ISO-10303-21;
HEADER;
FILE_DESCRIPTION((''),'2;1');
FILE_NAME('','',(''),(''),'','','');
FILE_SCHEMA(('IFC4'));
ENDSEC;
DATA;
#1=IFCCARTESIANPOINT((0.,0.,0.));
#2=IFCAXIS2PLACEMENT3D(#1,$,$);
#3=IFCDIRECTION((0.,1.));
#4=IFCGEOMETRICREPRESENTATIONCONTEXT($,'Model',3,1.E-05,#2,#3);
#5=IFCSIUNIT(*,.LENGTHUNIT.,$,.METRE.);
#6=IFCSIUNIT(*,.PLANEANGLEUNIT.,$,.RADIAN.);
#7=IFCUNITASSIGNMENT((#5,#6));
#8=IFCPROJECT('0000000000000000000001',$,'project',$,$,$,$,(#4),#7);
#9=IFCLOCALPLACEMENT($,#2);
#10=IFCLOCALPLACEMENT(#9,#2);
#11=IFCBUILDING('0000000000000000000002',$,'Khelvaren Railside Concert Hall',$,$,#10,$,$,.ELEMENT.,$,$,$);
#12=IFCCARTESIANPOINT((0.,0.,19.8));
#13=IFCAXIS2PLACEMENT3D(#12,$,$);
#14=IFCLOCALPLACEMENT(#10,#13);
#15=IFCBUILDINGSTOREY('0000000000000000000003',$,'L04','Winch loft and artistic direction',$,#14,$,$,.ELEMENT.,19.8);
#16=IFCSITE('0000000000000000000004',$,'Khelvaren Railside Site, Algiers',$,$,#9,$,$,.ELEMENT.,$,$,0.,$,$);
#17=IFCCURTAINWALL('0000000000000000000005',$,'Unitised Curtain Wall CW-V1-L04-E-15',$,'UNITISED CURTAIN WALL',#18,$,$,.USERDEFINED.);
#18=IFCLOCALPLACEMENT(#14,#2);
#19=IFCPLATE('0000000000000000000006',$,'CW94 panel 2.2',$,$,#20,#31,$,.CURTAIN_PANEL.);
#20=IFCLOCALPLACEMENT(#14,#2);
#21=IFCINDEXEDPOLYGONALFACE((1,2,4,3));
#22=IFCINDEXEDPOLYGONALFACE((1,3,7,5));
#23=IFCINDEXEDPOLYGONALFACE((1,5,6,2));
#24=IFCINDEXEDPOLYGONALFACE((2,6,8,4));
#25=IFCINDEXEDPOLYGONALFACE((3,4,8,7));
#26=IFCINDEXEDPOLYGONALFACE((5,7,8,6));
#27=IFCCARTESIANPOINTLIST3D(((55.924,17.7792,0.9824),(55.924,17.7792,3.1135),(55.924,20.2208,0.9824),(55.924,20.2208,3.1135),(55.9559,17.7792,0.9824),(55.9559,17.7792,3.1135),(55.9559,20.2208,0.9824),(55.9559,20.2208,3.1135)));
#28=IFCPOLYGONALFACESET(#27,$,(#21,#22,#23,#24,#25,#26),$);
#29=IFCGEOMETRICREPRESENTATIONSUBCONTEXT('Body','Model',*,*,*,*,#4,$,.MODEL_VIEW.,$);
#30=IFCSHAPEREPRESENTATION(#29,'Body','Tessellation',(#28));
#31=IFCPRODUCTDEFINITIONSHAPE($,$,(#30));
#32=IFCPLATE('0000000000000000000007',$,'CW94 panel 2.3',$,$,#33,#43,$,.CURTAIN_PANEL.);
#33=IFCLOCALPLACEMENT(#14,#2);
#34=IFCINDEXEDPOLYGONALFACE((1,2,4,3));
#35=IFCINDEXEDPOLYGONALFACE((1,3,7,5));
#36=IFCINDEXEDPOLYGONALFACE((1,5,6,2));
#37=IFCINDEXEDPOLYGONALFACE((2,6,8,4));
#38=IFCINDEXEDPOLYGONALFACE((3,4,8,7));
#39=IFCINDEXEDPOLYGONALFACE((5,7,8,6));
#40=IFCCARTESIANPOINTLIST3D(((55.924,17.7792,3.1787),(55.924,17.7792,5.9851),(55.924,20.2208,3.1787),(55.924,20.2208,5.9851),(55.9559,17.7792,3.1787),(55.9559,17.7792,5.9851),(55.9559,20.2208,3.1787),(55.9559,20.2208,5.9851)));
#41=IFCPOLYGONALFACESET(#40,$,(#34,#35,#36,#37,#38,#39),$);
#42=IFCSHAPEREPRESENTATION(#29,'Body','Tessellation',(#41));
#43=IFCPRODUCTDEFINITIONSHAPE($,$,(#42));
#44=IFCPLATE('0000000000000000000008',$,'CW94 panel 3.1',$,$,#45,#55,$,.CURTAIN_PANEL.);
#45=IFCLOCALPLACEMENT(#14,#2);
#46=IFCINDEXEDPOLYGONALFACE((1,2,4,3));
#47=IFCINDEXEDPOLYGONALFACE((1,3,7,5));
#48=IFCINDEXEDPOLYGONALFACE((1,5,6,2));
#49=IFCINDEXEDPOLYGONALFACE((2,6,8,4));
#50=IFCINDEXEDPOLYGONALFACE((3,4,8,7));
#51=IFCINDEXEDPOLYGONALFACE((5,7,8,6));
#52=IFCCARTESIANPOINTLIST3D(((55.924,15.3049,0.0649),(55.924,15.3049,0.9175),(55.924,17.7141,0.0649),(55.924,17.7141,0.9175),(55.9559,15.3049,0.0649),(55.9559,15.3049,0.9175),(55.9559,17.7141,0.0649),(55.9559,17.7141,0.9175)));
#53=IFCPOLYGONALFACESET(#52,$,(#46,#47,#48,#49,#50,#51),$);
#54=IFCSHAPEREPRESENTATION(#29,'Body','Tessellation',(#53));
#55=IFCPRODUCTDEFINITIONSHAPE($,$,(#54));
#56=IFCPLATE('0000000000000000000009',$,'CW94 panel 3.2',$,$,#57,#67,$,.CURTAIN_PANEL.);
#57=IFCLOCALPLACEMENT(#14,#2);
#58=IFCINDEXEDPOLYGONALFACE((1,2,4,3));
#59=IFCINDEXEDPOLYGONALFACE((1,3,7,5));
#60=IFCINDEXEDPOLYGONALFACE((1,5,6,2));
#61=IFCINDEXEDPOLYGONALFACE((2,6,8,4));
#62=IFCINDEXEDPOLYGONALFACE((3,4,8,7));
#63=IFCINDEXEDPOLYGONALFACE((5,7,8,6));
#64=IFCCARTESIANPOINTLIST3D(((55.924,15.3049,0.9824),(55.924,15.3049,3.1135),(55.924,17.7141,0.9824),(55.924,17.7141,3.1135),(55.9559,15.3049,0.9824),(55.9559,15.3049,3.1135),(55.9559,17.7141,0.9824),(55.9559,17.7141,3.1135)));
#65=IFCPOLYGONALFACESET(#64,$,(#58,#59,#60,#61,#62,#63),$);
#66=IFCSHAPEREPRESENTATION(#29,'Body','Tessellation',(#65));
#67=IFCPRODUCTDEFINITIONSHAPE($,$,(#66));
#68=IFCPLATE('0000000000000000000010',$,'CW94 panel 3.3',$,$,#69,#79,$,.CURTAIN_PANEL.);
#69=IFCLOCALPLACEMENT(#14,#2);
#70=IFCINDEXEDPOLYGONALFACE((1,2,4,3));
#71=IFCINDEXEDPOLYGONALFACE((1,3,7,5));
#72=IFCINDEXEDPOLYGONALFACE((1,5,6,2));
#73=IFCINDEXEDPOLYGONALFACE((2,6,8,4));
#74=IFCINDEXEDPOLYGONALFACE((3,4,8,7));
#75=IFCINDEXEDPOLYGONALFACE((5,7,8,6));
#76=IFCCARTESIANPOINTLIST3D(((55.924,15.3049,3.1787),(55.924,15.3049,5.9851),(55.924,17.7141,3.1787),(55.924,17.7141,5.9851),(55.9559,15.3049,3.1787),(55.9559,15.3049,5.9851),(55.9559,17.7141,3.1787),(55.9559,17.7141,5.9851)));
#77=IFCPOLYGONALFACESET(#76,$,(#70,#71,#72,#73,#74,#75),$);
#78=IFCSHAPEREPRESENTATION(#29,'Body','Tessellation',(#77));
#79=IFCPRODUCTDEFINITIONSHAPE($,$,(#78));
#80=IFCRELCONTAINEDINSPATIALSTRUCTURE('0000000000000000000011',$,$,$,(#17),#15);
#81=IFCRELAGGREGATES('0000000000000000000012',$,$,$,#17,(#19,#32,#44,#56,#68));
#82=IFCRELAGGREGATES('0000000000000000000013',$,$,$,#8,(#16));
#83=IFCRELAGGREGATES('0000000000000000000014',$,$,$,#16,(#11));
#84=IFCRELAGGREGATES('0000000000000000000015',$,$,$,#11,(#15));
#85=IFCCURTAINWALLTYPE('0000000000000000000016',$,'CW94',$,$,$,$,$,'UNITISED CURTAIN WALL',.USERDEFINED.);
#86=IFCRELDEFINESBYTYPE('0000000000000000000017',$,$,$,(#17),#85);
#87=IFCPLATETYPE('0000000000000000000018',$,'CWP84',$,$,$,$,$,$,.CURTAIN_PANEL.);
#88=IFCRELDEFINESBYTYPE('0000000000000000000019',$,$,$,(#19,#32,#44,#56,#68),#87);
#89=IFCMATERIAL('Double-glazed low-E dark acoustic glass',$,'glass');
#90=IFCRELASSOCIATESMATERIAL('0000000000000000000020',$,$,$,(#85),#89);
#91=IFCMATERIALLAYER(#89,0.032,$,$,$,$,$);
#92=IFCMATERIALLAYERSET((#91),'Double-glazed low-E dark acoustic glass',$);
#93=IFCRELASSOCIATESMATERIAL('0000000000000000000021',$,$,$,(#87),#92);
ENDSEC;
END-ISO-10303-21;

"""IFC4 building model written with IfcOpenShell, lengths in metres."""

from ifc_helpers import new_model, si_unit, direction, frame, origin, origin_2d, place, context, subcontext, project, spatial, rectangle, extrude, material, layer, layer_set, type_object, element, aggregate, save


model = new_model("IFC4")

# Units and contexts
model_context = context("Model", 3, precision=1e-05, world=origin(), true_north=direction((0.0, 1.0)))
body_context = subcontext(model_context, "Body", "Model", "MODEL_VIEW")
ifc_project = project(units=[si_unit("LENGTHUNIT", "METRE"), si_unit("PLANEANGLEUNIT", "RADIAN")], contexts=[model_context])

# Site, building, storey
site_placement = place(None, origin())
site = spatial("IfcSite", under=ifc_project, at=site_placement, Name="Khelvaren Railside Site, Algiers", CompositionType="ELEMENT", RefElevation=0.0)
building_placement = place(site_placement, origin())
building = spatial("IfcBuilding", under=site, at=building_placement, Name="Khelvaren Railside Concert Hall", CompositionType="ELEMENT")
storey_placement = place(building_placement, frame((0.0, 0.0, 19.8)))
storey = spatial("IfcBuildingStorey", under=building, at=storey_placement, Name="L04", Description="Winch loft and artistic direction", CompositionType="ELEMENT", Elevation=19.8)

# Curtain wall
ifc_material_1 = material(Name="Double-glazed low-E dark acoustic glass", Category="glass")
curtain_wall_type_1 = type_object("IfcCurtainWallType", Name="CW94", ElementType="UNITISED CURTAIN WALL", PredefinedType="USERDEFINED", material=ifc_material_1)
curtain_wall_1_placement = place(storey_placement, origin())
curtain_wall_1 = element("IfcCurtainWall", 1, at=curtain_wall_1_placement, inside=storey, type_object=curtain_wall_type_1, Name="Unitised Curtain Wall CW-V1-L04-E-15", ObjectType="UNITISED CURTAIN WALL", PredefinedType="USERDEFINED")

# Plates
ifc_layer_1 = layer(ifc_material_1, 0.032)
ifc_layer_set_1 = layer_set([ifc_layer_1], Name="Double-glazed low-E dark acoustic glass")
plate_type_1 = type_object("IfcPlateType", Name="CWP84", PredefinedType="CURTAIN_PANEL", material=ifc_layer_set_1)
plate_1_placement = place(storey_placement, frame((55.9399, 19.0, 0.9824), z_axis=(0.0, 0.0, 1.0), x_axis=(0.0, -1.0, 0.0)))
plate_1 = element("IfcPlate", 2, at=plate_1_placement, type_object=plate_type_1, Name="CW94 panel 2.2", PredefinedType="CURTAIN_PANEL", context=body_context, shape_type="SweptSolid", body=[
    extrude(rectangle(XDim=2.4417, YDim=0.032, at=origin_2d()), origin(), (0.0, 0.0, 1.0), 2.1311),
])
plate_2_placement = place(storey_placement, frame((55.9399, 19.0, 3.1787), z_axis=(0.0, 0.0, 1.0), x_axis=(0.0, -1.0, 0.0)))
plate_2 = element("IfcPlate", 3, at=plate_2_placement, type_object=plate_type_1, Name="CW94 panel 2.3", PredefinedType="CURTAIN_PANEL", context=body_context, shape_type="SweptSolid", body=[
    extrude(rectangle(XDim=2.4417, YDim=0.032, at=origin_2d()), origin(), (0.0, 0.0, 1.0), 2.8064),
])
plate_3_placement = place(storey_placement, frame((55.9399, 16.5095, 0.0649), z_axis=(0.0, 0.0, 1.0), x_axis=(0.0, -1.0, 0.0)))
plate_3 = element("IfcPlate", 4, at=plate_3_placement, type_object=plate_type_1, Name="CW94 panel 3.1", PredefinedType="CURTAIN_PANEL", context=body_context, shape_type="SweptSolid", body=[
    extrude(rectangle(XDim=2.4092, YDim=0.032, at=origin_2d()), origin(), (0.0, 0.0, 1.0), 0.8525),
])
plate_4_placement = place(storey_placement, frame((55.9399, 16.5095, 0.9824), z_axis=(0.0, 0.0, 1.0), x_axis=(0.0, -1.0, 0.0)))
plate_4 = element("IfcPlate", 5, at=plate_4_placement, type_object=plate_type_1, Name="CW94 panel 3.2", PredefinedType="CURTAIN_PANEL", context=body_context, shape_type="SweptSolid", body=[
    extrude(rectangle(XDim=2.4092, YDim=0.032, at=origin_2d()), origin(), (0.0, 0.0, 1.0), 2.1311),
])
plate_5_placement = place(storey_placement, frame((55.9399, 16.5095, 3.1787), z_axis=(0.0, 0.0, 1.0), x_axis=(0.0, -1.0, 0.0)))
plate_5 = element("IfcPlate", 6, at=plate_5_placement, type_object=plate_type_1, Name="CW94 panel 3.3", PredefinedType="CURTAIN_PANEL", context=body_context, shape_type="SweptSolid", body=[
    extrude(rectangle(XDim=2.4092, YDim=0.032, at=origin_2d()), origin(), (0.0, 0.0, 1.0), 2.8064),
])
aggregate(curtain_wall_1, [plate_1, plate_2, plate_3, plate_4, plate_5])

save(model, "model.ifc")
